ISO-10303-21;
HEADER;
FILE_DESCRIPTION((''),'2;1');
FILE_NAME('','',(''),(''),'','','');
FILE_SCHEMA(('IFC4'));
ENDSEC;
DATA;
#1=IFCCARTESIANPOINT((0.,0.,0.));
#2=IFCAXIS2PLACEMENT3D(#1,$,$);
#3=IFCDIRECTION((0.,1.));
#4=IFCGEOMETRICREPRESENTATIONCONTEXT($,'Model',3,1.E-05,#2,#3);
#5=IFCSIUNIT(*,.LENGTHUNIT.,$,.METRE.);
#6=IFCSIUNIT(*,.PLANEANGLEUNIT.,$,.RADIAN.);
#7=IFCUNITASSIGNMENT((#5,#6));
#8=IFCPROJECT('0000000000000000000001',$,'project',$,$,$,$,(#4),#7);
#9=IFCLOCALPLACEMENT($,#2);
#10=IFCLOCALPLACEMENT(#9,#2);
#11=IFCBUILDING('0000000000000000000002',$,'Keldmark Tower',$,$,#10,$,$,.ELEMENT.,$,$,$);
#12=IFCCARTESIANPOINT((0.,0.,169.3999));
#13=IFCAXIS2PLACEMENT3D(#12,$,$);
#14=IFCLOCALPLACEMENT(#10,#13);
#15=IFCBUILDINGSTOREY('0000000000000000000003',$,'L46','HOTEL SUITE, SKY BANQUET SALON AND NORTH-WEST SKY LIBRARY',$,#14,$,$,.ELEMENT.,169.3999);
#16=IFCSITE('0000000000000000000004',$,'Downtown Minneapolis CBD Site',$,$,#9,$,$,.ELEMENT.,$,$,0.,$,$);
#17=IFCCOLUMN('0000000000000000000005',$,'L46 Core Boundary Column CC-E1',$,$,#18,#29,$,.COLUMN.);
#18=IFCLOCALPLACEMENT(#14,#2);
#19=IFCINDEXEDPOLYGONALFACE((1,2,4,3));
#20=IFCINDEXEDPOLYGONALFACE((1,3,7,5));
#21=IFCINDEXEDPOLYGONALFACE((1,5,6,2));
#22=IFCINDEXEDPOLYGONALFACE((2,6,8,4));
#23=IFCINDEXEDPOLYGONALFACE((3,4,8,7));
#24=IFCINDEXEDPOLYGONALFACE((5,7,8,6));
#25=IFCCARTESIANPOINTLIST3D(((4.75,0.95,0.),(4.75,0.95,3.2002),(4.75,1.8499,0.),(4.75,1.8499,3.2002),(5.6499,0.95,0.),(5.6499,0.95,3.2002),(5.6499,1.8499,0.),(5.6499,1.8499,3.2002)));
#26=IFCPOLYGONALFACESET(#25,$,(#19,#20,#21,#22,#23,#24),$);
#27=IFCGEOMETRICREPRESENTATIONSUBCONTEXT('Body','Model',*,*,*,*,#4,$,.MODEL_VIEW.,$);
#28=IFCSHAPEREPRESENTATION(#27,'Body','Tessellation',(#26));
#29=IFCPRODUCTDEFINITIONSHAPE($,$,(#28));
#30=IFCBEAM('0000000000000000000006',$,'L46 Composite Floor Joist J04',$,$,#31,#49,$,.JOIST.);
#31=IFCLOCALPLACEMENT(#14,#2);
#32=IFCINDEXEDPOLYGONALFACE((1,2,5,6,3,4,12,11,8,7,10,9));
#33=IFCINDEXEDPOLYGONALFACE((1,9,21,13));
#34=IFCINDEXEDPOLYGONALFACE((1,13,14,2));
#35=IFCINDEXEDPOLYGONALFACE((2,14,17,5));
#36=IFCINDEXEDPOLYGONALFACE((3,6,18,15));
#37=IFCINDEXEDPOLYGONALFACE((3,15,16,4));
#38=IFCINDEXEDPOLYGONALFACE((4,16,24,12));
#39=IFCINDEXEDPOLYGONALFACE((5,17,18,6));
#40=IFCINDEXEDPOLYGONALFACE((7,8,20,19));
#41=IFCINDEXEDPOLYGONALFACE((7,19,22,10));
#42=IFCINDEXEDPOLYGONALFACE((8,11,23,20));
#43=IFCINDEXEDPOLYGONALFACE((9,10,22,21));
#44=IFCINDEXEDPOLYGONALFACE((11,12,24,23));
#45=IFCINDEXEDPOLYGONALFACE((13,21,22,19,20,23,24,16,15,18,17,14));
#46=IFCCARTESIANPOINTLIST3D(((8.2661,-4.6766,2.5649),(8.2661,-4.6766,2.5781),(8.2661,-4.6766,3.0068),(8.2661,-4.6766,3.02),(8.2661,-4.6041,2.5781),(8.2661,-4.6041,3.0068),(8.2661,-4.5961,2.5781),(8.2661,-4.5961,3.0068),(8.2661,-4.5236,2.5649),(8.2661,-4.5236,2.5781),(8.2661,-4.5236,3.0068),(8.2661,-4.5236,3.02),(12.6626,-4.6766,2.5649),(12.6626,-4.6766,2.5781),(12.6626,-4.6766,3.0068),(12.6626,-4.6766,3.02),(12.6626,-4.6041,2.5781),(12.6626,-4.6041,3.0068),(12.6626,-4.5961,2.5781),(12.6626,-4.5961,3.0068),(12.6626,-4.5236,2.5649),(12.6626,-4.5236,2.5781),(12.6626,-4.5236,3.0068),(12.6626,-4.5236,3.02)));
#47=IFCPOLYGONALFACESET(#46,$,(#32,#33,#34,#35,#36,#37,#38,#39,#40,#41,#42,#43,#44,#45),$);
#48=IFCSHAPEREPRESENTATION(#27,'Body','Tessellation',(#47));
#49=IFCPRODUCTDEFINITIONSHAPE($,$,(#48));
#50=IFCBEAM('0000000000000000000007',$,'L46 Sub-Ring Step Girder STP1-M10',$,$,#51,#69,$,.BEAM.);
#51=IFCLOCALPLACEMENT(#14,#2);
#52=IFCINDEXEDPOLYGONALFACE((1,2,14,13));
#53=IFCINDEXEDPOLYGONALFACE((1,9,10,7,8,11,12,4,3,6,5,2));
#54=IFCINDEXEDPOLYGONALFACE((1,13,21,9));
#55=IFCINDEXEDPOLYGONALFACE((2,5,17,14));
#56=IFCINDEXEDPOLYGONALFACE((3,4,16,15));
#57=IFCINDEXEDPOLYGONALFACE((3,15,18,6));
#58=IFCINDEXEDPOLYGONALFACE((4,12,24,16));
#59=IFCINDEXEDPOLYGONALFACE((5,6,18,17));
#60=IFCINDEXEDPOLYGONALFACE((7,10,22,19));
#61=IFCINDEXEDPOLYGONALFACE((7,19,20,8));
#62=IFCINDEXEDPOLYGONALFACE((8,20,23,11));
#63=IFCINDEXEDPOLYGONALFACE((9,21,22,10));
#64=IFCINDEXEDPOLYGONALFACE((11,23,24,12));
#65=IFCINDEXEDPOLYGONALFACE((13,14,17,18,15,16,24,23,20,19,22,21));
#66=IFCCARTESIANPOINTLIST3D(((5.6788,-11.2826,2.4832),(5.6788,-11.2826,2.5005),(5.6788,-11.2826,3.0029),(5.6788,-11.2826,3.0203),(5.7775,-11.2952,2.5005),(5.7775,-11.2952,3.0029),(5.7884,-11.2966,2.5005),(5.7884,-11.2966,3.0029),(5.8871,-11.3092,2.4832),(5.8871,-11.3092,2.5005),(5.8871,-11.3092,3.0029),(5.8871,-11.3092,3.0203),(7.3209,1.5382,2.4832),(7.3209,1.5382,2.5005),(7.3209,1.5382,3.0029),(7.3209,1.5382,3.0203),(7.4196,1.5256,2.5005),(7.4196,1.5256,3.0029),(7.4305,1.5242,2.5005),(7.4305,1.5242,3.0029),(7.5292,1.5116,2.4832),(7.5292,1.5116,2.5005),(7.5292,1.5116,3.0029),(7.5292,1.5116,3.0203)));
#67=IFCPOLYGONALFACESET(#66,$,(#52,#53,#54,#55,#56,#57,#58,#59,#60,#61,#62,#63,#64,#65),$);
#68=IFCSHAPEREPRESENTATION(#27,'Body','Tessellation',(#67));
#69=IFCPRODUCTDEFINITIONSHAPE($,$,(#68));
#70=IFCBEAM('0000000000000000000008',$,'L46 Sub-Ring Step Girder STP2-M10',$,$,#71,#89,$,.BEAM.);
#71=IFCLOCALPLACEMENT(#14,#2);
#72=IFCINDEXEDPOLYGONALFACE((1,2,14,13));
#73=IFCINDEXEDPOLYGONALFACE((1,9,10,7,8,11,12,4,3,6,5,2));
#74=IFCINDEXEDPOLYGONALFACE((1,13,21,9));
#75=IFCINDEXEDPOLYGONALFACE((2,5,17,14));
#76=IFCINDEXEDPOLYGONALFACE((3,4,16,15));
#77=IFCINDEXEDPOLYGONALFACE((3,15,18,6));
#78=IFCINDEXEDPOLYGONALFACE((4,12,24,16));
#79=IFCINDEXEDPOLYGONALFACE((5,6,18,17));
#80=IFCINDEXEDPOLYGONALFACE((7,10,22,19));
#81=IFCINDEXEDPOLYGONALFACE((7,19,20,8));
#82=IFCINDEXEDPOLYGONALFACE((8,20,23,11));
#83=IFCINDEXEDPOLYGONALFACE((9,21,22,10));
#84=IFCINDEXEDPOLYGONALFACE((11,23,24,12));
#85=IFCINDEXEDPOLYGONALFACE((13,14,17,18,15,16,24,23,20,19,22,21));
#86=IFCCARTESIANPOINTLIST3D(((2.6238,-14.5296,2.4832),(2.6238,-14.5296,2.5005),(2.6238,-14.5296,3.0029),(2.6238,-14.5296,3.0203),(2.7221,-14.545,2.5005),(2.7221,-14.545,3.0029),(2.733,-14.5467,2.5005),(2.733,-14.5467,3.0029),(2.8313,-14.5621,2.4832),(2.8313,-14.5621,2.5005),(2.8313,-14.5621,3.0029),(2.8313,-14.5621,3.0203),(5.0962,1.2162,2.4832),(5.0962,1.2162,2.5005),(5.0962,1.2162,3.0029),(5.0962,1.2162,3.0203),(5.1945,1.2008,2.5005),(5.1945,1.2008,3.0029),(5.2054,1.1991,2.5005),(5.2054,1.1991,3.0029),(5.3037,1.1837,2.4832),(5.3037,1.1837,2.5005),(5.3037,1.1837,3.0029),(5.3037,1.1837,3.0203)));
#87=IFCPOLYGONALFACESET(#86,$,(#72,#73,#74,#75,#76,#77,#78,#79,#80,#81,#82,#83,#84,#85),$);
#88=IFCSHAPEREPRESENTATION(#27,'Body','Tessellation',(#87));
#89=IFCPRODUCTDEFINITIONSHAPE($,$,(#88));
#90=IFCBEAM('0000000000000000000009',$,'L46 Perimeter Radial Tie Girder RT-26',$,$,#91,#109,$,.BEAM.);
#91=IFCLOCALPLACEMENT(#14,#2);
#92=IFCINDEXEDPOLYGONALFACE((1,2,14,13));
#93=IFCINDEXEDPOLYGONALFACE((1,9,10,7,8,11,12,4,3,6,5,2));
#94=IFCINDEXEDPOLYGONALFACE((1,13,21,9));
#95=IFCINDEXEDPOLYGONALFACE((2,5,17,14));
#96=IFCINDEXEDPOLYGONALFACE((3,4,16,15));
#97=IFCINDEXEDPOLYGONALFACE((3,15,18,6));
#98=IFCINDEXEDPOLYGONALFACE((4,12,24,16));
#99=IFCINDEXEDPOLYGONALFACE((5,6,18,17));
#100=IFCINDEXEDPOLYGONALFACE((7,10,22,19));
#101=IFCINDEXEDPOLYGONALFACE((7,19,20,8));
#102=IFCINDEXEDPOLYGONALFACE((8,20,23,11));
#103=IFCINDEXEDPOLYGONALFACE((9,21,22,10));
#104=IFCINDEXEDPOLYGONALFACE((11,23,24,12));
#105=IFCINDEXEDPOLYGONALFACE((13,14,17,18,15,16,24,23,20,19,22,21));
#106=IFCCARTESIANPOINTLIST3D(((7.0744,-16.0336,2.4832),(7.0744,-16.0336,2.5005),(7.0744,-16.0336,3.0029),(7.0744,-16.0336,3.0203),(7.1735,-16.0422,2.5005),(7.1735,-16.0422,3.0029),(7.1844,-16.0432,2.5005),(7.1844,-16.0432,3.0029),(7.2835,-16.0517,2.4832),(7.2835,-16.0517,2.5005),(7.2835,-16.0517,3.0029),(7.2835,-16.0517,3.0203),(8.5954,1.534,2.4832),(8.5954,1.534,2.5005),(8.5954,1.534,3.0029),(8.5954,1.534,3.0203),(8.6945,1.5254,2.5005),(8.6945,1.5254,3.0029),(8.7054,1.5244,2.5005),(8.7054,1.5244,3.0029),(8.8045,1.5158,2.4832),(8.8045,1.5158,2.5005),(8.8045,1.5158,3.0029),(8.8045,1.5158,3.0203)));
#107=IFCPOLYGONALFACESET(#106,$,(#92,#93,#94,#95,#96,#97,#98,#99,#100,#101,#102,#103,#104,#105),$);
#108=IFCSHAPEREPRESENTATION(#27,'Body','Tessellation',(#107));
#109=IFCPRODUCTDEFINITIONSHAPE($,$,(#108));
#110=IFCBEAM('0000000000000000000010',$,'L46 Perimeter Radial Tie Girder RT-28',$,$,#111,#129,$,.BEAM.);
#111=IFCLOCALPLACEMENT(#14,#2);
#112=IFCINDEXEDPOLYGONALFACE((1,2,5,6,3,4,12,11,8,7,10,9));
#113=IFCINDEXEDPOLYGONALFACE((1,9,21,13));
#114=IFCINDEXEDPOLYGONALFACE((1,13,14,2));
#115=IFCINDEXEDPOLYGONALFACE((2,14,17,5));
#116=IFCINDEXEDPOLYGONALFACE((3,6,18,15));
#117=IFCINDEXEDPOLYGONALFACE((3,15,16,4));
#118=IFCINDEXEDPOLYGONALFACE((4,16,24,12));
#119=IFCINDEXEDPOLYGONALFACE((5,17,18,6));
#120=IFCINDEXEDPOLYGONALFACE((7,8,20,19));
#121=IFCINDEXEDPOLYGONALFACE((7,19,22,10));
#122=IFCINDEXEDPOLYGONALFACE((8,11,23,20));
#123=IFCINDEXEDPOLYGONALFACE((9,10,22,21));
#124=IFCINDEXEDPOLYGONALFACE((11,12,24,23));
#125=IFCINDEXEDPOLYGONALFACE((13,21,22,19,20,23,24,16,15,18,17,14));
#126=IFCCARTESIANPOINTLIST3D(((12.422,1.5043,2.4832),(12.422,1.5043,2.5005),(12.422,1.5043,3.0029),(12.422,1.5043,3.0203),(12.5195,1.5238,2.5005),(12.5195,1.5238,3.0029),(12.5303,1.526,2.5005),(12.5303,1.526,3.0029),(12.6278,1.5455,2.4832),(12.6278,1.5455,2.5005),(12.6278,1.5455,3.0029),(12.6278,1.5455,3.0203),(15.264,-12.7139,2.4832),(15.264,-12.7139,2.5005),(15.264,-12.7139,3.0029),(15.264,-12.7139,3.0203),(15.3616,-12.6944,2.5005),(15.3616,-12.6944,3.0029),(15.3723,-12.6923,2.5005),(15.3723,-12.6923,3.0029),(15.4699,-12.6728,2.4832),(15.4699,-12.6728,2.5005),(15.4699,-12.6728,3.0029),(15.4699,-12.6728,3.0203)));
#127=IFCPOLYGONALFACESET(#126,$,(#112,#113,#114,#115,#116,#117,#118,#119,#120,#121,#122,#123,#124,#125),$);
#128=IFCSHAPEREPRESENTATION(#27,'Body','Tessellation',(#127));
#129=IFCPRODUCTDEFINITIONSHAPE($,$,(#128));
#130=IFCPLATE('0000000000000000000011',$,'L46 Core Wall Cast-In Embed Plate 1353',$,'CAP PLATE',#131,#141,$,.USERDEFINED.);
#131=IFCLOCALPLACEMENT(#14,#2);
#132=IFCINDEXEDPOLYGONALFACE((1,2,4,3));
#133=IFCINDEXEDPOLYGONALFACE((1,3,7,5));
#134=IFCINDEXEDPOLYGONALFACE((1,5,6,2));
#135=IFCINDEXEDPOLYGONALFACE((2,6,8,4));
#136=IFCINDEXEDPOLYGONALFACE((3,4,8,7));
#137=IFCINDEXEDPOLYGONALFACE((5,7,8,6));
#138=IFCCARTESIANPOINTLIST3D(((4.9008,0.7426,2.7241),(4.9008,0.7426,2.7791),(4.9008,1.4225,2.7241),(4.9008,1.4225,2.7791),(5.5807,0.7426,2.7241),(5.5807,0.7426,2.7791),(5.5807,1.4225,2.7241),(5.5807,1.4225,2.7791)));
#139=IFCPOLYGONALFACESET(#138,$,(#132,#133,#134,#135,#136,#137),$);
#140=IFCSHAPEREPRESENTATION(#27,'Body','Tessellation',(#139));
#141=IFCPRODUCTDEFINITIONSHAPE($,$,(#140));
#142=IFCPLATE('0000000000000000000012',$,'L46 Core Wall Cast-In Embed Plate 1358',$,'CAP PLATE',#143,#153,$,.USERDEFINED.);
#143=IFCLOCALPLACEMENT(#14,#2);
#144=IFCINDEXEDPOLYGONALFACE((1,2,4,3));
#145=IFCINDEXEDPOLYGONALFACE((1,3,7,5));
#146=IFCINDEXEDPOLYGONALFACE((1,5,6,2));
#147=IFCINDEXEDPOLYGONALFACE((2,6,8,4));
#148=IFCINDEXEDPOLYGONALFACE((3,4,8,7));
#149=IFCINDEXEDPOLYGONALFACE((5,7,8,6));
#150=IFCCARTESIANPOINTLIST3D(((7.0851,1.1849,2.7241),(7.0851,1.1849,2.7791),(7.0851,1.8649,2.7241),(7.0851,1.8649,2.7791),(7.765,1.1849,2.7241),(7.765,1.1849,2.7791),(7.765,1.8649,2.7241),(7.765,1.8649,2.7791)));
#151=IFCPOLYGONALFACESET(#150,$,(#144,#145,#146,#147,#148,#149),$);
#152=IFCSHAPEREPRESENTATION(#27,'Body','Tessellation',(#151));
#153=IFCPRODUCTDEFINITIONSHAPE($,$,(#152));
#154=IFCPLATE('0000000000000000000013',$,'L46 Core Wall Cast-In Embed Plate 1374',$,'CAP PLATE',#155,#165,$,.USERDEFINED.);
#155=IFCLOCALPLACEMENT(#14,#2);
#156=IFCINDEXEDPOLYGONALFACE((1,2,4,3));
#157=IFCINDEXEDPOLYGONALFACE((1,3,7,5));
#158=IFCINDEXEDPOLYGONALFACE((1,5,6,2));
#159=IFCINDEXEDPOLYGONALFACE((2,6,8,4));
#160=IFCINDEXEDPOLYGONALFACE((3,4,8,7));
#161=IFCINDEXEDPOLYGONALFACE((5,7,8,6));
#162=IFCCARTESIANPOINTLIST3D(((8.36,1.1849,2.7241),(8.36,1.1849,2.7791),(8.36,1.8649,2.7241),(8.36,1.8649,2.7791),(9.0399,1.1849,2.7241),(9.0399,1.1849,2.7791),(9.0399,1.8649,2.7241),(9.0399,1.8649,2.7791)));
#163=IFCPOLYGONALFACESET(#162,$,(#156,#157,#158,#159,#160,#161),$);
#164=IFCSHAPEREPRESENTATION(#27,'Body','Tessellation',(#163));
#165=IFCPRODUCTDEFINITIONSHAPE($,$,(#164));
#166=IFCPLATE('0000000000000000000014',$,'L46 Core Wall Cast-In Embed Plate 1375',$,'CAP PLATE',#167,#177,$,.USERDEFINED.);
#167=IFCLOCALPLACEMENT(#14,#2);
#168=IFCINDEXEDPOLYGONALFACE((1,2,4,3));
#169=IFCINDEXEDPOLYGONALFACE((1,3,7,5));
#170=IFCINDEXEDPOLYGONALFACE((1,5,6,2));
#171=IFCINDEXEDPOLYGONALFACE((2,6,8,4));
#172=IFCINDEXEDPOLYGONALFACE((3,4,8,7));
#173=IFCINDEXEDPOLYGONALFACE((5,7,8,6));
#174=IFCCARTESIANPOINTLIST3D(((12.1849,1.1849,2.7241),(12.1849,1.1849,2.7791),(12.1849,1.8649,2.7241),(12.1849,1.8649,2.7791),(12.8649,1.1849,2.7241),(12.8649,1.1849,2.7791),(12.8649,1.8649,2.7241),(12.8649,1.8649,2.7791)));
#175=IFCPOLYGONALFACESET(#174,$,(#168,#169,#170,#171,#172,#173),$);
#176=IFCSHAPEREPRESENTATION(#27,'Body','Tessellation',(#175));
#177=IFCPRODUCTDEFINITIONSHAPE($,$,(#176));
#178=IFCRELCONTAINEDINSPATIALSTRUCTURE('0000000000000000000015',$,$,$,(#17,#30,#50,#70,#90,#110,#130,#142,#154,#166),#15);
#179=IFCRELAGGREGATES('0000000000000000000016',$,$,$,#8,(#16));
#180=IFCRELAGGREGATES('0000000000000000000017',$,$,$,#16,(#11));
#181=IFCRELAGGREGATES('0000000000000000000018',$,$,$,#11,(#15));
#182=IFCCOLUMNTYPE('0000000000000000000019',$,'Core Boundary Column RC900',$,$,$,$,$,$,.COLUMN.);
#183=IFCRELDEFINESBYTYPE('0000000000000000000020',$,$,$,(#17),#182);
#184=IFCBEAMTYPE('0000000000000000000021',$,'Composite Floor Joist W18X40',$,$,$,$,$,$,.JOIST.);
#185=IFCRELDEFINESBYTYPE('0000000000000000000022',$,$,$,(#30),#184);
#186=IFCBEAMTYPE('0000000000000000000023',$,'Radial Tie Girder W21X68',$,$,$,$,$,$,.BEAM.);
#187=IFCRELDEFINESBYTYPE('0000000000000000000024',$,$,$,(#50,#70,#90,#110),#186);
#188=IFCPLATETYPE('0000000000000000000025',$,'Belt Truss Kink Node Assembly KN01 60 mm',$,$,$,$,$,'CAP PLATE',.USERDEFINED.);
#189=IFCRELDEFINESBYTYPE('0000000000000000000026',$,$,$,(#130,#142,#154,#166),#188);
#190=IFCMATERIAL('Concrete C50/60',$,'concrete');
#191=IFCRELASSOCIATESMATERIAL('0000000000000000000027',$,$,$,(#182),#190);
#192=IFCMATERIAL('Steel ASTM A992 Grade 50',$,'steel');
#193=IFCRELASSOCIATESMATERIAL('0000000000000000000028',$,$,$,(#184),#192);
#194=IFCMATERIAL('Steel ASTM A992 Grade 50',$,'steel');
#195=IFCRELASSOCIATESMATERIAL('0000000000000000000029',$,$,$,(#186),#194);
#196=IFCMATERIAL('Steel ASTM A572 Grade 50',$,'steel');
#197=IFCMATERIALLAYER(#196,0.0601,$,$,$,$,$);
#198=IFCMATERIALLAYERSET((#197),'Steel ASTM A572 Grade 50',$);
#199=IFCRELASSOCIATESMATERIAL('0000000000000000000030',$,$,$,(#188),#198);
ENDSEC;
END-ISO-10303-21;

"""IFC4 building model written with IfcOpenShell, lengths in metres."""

from ifc_helpers import new_model, si_unit, direction, frame, origin, origin_2d, place, context, subcontext, project, spatial, rectangle, i_section, extrude, material, layer, layer_set, material_profile, profile_set, type_object, element, save


model = new_model("IFC4")

# Units and contexts
model_context = context("Model", 3, precision=1e-05, world=origin(), true_north=direction((0.0, 1.0)))
body_context = subcontext(model_context, "Body", "Model", "MODEL_VIEW")
ifc_project = project(units=[si_unit("LENGTHUNIT", "METRE"), si_unit("PLANEANGLEUNIT", "RADIAN")], contexts=[model_context])

# Site, building, storey
site_placement = place(None, origin())
site = spatial("IfcSite", under=ifc_project, at=site_placement, Name="Downtown Minneapolis CBD Site", CompositionType="ELEMENT", RefElevation=0.0)
building_placement = place(site_placement, origin())
building = spatial("IfcBuilding", under=site, at=building_placement, Name="Keldmark Tower", CompositionType="ELEMENT")
storey_placement = place(building_placement, frame((0.0, 0.0, 169.3999)))
storey = spatial("IfcBuildingStorey", under=building, at=storey_placement, Name="L46", Description="HOTEL SUITE, SKY BANQUET SALON AND NORTH-WEST SKY LIBRARY", CompositionType="ELEMENT", Elevation=169.3999)

# Column
ifc_material_1 = material(Name="Concrete C50/60", Category="concrete")
ifc_material_profile_1 = material_profile(ifc_material_1, rectangle(XDim=0.8999, YDim=0.8999, at=origin_2d()), Name="RC900X900")
ifc_profile_set_1 = profile_set([ifc_material_profile_1], Name="Concrete C50/60")
column_type = type_object("IfcColumnType", Name="Core Boundary Column RC900", PredefinedType="COLUMN", material=ifc_profile_set_1)
column_placement = place(storey_placement, frame((5.2, 1.3999, 0.0), z_axis=(0.0, 0.0, 1.0), x_axis=(1.0, 0.0, 0.0)))
element("IfcColumn", 1, at=column_placement, inside=storey, type_object=column_type, Name="L46 Core Boundary Column CC-E1", PredefinedType="COLUMN", context=body_context, shape_type="SweptSolid", body=[
    extrude(rectangle(XDim=0.8999, YDim=0.8999, at=origin_2d()), origin(), (0.0, 0.0, 1.0), 3.2002),
])

# Beams
ifc_material_2 = material(Name="Steel ASTM A992 Grade 50", Category="steel")
ifc_material_profile_2 = material_profile(ifc_material_2, i_section(OverallWidth=0.1531, OverallDepth=0.4551, WebThickness=0.0081, FlangeThickness=0.0132, at=origin_2d()), Name="W18X40")
ifc_profile_set_2 = profile_set([ifc_material_profile_2], Name="Steel ASTM A992 Grade 50")
beam_type_1 = type_object("IfcBeamType", Name="Composite Floor Joist W18X40", PredefinedType="JOIST", material=ifc_profile_set_2)
beam_1_placement = place(storey_placement, frame((8.2661, -4.6001, 2.7925), z_axis=(1.0, 0.0, 0.0), x_axis=(0.0, 1.0, 0.0)))
element("IfcBeam", 2, at=beam_1_placement, inside=storey, type_object=beam_type_1, Name="L46 Composite Floor Joist J04", PredefinedType="JOIST", context=body_context, shape_type="SweptSolid", body=[
    extrude(i_section(OverallWidth=0.1531, OverallDepth=0.4551, WebThickness=0.0081, FlangeThickness=0.0132, at=origin_2d()), origin(), (0.0, 0.0, 1.0), 4.3965),
])
ifc_material_3 = material(Name="Steel ASTM A992 Grade 50", Category="steel")
ifc_material_profile_3 = material_profile(ifc_material_3, i_section(OverallWidth=0.21, OverallDepth=0.5371, WebThickness=0.011, FlangeThickness=0.0173, at=origin_2d()), Name="W21X68")
ifc_profile_set_3 = profile_set([ifc_material_profile_3], Name="Steel ASTM A992 Grade 50")
beam_type_2 = type_object("IfcBeamType", Name="Radial Tie Girder W21X68", PredefinedType="BEAM", material=ifc_profile_set_3)
beam_2_placement = place(storey_placement, frame((7.425, 1.5249, 2.7517), z_axis=(-0.127042, -0.991897, 0.0), x_axis=(0.991897, -0.127042, 0.0)))
element("IfcBeam", 3, at=beam_2_placement, inside=storey, type_object=beam_type_2, Name="L46 Sub-Ring Step Girder STP1-M10", PredefinedType="BEAM", context=body_context, shape_type="SweptSolid", body=[
    extrude(i_section(OverallWidth=0.21, OverallDepth=0.5371, WebThickness=0.011, FlangeThickness=0.0173, at=origin_2d()), origin(), (0.0, 0.0, 1.0), 12.9255),
])
beam_3_placement = place(storey_placement, frame((5.2, 1.2, 2.7517), z_axis=(-0.155119, -0.987896, 0.0), x_axis=(0.987896, -0.155119, 0.0)))
element("IfcBeam", 4, at=beam_3_placement, inside=storey, type_object=beam_type_2, Name="L46 Sub-Ring Step Girder STP2-M10", PredefinedType="BEAM", context=body_context, shape_type="SweptSolid", body=[
    extrude(i_section(OverallWidth=0.21, OverallDepth=0.5371, WebThickness=0.011, FlangeThickness=0.0173, at=origin_2d()), origin(), (0.0, 0.0, 1.0), 15.9387),
])
beam_4_placement = place(storey_placement, frame((8.7, 1.5249, 2.7517), z_axis=(-0.086257, -0.996273, 0.0), x_axis=(0.996273, -0.086257, 0.0)))
element("IfcBeam", 5, at=beam_4_placement, inside=storey, type_object=beam_type_2, Name="L46 Perimeter Radial Tie Girder RT-26", PredefinedType="BEAM", context=body_context, shape_type="SweptSolid", body=[
    extrude(i_section(OverallWidth=0.21, OverallDepth=0.5371, WebThickness=0.011, FlangeThickness=0.0173, at=origin_2d()), origin(), (0.0, 0.0, 1.0), 17.6333),
])
beam_5_placement = place(storey_placement, frame((12.5249, 1.5249, 2.7517), z_axis=(0.196009, -0.980602, 0.0), x_axis=(0.980602, 0.196009, 0.0)))
element("IfcBeam", 6, at=beam_5_placement, inside=storey, type_object=beam_type_2, Name="L46 Perimeter Radial Tie Girder RT-28", PredefinedType="BEAM", context=body_context, shape_type="SweptSolid", body=[
    extrude(i_section(OverallWidth=0.21, OverallDepth=0.5371, WebThickness=0.011, FlangeThickness=0.0173, at=origin_2d()), origin(), (0.0, 0.0, 1.0), 14.4995),
])

# Plates
ifc_material_4 = material(Name="Steel ASTM A572 Grade 50", Category="steel")
ifc_layer_1 = layer(ifc_material_4, 0.0601)
ifc_layer_set_1 = layer_set([ifc_layer_1], Name="Steel ASTM A572 Grade 50")
plate_type = type_object("IfcPlateType", Name="Belt Truss Kink Node Assembly KN01 60 mm", ElementType="CAP PLATE", PredefinedType="USERDEFINED", material=ifc_layer_set_1)
for number, where, z_axis, x_axis, name in (
    (7, (5.2407, 1.0825, 2.7241), (0.0, 0.0, 1.0), (1.0, 0.0, 0.0), "L46 Core Wall Cast-In Embed Plate 1353"),
    (8, (7.425, 1.5249, 2.7241), (0.0, 0.0, 1.0), (1.0, 0.0, 0.0), "L46 Core Wall Cast-In Embed Plate 1358"),
    (9, (8.7, 1.5249, 2.7241), (0.0, 0.0, 1.0), (1.0, 0.0, 0.0), "L46 Core Wall Cast-In Embed Plate 1374"),
    (10, (12.5249, 1.5249, 2.7241), (0.0, 0.0, 1.0), (1.0, 0.0, 0.0), "L46 Core Wall Cast-In Embed Plate 1375"),
):
    element("IfcPlate", number, at=place(storey_placement, frame(where, z_axis=z_axis, x_axis=x_axis)), inside=storey, type_object=plate_type, Name=name, ObjectType="CAP PLATE", PredefinedType="USERDEFINED", context=body_context, shape_type="SweptSolid", body=[
        extrude(rectangle(XDim=0.6799, YDim=0.6799, at=origin_2d()), origin(), (0.0, 0.0, 1.0), 0.0549),
    ])

save(model, "model.ifc")
